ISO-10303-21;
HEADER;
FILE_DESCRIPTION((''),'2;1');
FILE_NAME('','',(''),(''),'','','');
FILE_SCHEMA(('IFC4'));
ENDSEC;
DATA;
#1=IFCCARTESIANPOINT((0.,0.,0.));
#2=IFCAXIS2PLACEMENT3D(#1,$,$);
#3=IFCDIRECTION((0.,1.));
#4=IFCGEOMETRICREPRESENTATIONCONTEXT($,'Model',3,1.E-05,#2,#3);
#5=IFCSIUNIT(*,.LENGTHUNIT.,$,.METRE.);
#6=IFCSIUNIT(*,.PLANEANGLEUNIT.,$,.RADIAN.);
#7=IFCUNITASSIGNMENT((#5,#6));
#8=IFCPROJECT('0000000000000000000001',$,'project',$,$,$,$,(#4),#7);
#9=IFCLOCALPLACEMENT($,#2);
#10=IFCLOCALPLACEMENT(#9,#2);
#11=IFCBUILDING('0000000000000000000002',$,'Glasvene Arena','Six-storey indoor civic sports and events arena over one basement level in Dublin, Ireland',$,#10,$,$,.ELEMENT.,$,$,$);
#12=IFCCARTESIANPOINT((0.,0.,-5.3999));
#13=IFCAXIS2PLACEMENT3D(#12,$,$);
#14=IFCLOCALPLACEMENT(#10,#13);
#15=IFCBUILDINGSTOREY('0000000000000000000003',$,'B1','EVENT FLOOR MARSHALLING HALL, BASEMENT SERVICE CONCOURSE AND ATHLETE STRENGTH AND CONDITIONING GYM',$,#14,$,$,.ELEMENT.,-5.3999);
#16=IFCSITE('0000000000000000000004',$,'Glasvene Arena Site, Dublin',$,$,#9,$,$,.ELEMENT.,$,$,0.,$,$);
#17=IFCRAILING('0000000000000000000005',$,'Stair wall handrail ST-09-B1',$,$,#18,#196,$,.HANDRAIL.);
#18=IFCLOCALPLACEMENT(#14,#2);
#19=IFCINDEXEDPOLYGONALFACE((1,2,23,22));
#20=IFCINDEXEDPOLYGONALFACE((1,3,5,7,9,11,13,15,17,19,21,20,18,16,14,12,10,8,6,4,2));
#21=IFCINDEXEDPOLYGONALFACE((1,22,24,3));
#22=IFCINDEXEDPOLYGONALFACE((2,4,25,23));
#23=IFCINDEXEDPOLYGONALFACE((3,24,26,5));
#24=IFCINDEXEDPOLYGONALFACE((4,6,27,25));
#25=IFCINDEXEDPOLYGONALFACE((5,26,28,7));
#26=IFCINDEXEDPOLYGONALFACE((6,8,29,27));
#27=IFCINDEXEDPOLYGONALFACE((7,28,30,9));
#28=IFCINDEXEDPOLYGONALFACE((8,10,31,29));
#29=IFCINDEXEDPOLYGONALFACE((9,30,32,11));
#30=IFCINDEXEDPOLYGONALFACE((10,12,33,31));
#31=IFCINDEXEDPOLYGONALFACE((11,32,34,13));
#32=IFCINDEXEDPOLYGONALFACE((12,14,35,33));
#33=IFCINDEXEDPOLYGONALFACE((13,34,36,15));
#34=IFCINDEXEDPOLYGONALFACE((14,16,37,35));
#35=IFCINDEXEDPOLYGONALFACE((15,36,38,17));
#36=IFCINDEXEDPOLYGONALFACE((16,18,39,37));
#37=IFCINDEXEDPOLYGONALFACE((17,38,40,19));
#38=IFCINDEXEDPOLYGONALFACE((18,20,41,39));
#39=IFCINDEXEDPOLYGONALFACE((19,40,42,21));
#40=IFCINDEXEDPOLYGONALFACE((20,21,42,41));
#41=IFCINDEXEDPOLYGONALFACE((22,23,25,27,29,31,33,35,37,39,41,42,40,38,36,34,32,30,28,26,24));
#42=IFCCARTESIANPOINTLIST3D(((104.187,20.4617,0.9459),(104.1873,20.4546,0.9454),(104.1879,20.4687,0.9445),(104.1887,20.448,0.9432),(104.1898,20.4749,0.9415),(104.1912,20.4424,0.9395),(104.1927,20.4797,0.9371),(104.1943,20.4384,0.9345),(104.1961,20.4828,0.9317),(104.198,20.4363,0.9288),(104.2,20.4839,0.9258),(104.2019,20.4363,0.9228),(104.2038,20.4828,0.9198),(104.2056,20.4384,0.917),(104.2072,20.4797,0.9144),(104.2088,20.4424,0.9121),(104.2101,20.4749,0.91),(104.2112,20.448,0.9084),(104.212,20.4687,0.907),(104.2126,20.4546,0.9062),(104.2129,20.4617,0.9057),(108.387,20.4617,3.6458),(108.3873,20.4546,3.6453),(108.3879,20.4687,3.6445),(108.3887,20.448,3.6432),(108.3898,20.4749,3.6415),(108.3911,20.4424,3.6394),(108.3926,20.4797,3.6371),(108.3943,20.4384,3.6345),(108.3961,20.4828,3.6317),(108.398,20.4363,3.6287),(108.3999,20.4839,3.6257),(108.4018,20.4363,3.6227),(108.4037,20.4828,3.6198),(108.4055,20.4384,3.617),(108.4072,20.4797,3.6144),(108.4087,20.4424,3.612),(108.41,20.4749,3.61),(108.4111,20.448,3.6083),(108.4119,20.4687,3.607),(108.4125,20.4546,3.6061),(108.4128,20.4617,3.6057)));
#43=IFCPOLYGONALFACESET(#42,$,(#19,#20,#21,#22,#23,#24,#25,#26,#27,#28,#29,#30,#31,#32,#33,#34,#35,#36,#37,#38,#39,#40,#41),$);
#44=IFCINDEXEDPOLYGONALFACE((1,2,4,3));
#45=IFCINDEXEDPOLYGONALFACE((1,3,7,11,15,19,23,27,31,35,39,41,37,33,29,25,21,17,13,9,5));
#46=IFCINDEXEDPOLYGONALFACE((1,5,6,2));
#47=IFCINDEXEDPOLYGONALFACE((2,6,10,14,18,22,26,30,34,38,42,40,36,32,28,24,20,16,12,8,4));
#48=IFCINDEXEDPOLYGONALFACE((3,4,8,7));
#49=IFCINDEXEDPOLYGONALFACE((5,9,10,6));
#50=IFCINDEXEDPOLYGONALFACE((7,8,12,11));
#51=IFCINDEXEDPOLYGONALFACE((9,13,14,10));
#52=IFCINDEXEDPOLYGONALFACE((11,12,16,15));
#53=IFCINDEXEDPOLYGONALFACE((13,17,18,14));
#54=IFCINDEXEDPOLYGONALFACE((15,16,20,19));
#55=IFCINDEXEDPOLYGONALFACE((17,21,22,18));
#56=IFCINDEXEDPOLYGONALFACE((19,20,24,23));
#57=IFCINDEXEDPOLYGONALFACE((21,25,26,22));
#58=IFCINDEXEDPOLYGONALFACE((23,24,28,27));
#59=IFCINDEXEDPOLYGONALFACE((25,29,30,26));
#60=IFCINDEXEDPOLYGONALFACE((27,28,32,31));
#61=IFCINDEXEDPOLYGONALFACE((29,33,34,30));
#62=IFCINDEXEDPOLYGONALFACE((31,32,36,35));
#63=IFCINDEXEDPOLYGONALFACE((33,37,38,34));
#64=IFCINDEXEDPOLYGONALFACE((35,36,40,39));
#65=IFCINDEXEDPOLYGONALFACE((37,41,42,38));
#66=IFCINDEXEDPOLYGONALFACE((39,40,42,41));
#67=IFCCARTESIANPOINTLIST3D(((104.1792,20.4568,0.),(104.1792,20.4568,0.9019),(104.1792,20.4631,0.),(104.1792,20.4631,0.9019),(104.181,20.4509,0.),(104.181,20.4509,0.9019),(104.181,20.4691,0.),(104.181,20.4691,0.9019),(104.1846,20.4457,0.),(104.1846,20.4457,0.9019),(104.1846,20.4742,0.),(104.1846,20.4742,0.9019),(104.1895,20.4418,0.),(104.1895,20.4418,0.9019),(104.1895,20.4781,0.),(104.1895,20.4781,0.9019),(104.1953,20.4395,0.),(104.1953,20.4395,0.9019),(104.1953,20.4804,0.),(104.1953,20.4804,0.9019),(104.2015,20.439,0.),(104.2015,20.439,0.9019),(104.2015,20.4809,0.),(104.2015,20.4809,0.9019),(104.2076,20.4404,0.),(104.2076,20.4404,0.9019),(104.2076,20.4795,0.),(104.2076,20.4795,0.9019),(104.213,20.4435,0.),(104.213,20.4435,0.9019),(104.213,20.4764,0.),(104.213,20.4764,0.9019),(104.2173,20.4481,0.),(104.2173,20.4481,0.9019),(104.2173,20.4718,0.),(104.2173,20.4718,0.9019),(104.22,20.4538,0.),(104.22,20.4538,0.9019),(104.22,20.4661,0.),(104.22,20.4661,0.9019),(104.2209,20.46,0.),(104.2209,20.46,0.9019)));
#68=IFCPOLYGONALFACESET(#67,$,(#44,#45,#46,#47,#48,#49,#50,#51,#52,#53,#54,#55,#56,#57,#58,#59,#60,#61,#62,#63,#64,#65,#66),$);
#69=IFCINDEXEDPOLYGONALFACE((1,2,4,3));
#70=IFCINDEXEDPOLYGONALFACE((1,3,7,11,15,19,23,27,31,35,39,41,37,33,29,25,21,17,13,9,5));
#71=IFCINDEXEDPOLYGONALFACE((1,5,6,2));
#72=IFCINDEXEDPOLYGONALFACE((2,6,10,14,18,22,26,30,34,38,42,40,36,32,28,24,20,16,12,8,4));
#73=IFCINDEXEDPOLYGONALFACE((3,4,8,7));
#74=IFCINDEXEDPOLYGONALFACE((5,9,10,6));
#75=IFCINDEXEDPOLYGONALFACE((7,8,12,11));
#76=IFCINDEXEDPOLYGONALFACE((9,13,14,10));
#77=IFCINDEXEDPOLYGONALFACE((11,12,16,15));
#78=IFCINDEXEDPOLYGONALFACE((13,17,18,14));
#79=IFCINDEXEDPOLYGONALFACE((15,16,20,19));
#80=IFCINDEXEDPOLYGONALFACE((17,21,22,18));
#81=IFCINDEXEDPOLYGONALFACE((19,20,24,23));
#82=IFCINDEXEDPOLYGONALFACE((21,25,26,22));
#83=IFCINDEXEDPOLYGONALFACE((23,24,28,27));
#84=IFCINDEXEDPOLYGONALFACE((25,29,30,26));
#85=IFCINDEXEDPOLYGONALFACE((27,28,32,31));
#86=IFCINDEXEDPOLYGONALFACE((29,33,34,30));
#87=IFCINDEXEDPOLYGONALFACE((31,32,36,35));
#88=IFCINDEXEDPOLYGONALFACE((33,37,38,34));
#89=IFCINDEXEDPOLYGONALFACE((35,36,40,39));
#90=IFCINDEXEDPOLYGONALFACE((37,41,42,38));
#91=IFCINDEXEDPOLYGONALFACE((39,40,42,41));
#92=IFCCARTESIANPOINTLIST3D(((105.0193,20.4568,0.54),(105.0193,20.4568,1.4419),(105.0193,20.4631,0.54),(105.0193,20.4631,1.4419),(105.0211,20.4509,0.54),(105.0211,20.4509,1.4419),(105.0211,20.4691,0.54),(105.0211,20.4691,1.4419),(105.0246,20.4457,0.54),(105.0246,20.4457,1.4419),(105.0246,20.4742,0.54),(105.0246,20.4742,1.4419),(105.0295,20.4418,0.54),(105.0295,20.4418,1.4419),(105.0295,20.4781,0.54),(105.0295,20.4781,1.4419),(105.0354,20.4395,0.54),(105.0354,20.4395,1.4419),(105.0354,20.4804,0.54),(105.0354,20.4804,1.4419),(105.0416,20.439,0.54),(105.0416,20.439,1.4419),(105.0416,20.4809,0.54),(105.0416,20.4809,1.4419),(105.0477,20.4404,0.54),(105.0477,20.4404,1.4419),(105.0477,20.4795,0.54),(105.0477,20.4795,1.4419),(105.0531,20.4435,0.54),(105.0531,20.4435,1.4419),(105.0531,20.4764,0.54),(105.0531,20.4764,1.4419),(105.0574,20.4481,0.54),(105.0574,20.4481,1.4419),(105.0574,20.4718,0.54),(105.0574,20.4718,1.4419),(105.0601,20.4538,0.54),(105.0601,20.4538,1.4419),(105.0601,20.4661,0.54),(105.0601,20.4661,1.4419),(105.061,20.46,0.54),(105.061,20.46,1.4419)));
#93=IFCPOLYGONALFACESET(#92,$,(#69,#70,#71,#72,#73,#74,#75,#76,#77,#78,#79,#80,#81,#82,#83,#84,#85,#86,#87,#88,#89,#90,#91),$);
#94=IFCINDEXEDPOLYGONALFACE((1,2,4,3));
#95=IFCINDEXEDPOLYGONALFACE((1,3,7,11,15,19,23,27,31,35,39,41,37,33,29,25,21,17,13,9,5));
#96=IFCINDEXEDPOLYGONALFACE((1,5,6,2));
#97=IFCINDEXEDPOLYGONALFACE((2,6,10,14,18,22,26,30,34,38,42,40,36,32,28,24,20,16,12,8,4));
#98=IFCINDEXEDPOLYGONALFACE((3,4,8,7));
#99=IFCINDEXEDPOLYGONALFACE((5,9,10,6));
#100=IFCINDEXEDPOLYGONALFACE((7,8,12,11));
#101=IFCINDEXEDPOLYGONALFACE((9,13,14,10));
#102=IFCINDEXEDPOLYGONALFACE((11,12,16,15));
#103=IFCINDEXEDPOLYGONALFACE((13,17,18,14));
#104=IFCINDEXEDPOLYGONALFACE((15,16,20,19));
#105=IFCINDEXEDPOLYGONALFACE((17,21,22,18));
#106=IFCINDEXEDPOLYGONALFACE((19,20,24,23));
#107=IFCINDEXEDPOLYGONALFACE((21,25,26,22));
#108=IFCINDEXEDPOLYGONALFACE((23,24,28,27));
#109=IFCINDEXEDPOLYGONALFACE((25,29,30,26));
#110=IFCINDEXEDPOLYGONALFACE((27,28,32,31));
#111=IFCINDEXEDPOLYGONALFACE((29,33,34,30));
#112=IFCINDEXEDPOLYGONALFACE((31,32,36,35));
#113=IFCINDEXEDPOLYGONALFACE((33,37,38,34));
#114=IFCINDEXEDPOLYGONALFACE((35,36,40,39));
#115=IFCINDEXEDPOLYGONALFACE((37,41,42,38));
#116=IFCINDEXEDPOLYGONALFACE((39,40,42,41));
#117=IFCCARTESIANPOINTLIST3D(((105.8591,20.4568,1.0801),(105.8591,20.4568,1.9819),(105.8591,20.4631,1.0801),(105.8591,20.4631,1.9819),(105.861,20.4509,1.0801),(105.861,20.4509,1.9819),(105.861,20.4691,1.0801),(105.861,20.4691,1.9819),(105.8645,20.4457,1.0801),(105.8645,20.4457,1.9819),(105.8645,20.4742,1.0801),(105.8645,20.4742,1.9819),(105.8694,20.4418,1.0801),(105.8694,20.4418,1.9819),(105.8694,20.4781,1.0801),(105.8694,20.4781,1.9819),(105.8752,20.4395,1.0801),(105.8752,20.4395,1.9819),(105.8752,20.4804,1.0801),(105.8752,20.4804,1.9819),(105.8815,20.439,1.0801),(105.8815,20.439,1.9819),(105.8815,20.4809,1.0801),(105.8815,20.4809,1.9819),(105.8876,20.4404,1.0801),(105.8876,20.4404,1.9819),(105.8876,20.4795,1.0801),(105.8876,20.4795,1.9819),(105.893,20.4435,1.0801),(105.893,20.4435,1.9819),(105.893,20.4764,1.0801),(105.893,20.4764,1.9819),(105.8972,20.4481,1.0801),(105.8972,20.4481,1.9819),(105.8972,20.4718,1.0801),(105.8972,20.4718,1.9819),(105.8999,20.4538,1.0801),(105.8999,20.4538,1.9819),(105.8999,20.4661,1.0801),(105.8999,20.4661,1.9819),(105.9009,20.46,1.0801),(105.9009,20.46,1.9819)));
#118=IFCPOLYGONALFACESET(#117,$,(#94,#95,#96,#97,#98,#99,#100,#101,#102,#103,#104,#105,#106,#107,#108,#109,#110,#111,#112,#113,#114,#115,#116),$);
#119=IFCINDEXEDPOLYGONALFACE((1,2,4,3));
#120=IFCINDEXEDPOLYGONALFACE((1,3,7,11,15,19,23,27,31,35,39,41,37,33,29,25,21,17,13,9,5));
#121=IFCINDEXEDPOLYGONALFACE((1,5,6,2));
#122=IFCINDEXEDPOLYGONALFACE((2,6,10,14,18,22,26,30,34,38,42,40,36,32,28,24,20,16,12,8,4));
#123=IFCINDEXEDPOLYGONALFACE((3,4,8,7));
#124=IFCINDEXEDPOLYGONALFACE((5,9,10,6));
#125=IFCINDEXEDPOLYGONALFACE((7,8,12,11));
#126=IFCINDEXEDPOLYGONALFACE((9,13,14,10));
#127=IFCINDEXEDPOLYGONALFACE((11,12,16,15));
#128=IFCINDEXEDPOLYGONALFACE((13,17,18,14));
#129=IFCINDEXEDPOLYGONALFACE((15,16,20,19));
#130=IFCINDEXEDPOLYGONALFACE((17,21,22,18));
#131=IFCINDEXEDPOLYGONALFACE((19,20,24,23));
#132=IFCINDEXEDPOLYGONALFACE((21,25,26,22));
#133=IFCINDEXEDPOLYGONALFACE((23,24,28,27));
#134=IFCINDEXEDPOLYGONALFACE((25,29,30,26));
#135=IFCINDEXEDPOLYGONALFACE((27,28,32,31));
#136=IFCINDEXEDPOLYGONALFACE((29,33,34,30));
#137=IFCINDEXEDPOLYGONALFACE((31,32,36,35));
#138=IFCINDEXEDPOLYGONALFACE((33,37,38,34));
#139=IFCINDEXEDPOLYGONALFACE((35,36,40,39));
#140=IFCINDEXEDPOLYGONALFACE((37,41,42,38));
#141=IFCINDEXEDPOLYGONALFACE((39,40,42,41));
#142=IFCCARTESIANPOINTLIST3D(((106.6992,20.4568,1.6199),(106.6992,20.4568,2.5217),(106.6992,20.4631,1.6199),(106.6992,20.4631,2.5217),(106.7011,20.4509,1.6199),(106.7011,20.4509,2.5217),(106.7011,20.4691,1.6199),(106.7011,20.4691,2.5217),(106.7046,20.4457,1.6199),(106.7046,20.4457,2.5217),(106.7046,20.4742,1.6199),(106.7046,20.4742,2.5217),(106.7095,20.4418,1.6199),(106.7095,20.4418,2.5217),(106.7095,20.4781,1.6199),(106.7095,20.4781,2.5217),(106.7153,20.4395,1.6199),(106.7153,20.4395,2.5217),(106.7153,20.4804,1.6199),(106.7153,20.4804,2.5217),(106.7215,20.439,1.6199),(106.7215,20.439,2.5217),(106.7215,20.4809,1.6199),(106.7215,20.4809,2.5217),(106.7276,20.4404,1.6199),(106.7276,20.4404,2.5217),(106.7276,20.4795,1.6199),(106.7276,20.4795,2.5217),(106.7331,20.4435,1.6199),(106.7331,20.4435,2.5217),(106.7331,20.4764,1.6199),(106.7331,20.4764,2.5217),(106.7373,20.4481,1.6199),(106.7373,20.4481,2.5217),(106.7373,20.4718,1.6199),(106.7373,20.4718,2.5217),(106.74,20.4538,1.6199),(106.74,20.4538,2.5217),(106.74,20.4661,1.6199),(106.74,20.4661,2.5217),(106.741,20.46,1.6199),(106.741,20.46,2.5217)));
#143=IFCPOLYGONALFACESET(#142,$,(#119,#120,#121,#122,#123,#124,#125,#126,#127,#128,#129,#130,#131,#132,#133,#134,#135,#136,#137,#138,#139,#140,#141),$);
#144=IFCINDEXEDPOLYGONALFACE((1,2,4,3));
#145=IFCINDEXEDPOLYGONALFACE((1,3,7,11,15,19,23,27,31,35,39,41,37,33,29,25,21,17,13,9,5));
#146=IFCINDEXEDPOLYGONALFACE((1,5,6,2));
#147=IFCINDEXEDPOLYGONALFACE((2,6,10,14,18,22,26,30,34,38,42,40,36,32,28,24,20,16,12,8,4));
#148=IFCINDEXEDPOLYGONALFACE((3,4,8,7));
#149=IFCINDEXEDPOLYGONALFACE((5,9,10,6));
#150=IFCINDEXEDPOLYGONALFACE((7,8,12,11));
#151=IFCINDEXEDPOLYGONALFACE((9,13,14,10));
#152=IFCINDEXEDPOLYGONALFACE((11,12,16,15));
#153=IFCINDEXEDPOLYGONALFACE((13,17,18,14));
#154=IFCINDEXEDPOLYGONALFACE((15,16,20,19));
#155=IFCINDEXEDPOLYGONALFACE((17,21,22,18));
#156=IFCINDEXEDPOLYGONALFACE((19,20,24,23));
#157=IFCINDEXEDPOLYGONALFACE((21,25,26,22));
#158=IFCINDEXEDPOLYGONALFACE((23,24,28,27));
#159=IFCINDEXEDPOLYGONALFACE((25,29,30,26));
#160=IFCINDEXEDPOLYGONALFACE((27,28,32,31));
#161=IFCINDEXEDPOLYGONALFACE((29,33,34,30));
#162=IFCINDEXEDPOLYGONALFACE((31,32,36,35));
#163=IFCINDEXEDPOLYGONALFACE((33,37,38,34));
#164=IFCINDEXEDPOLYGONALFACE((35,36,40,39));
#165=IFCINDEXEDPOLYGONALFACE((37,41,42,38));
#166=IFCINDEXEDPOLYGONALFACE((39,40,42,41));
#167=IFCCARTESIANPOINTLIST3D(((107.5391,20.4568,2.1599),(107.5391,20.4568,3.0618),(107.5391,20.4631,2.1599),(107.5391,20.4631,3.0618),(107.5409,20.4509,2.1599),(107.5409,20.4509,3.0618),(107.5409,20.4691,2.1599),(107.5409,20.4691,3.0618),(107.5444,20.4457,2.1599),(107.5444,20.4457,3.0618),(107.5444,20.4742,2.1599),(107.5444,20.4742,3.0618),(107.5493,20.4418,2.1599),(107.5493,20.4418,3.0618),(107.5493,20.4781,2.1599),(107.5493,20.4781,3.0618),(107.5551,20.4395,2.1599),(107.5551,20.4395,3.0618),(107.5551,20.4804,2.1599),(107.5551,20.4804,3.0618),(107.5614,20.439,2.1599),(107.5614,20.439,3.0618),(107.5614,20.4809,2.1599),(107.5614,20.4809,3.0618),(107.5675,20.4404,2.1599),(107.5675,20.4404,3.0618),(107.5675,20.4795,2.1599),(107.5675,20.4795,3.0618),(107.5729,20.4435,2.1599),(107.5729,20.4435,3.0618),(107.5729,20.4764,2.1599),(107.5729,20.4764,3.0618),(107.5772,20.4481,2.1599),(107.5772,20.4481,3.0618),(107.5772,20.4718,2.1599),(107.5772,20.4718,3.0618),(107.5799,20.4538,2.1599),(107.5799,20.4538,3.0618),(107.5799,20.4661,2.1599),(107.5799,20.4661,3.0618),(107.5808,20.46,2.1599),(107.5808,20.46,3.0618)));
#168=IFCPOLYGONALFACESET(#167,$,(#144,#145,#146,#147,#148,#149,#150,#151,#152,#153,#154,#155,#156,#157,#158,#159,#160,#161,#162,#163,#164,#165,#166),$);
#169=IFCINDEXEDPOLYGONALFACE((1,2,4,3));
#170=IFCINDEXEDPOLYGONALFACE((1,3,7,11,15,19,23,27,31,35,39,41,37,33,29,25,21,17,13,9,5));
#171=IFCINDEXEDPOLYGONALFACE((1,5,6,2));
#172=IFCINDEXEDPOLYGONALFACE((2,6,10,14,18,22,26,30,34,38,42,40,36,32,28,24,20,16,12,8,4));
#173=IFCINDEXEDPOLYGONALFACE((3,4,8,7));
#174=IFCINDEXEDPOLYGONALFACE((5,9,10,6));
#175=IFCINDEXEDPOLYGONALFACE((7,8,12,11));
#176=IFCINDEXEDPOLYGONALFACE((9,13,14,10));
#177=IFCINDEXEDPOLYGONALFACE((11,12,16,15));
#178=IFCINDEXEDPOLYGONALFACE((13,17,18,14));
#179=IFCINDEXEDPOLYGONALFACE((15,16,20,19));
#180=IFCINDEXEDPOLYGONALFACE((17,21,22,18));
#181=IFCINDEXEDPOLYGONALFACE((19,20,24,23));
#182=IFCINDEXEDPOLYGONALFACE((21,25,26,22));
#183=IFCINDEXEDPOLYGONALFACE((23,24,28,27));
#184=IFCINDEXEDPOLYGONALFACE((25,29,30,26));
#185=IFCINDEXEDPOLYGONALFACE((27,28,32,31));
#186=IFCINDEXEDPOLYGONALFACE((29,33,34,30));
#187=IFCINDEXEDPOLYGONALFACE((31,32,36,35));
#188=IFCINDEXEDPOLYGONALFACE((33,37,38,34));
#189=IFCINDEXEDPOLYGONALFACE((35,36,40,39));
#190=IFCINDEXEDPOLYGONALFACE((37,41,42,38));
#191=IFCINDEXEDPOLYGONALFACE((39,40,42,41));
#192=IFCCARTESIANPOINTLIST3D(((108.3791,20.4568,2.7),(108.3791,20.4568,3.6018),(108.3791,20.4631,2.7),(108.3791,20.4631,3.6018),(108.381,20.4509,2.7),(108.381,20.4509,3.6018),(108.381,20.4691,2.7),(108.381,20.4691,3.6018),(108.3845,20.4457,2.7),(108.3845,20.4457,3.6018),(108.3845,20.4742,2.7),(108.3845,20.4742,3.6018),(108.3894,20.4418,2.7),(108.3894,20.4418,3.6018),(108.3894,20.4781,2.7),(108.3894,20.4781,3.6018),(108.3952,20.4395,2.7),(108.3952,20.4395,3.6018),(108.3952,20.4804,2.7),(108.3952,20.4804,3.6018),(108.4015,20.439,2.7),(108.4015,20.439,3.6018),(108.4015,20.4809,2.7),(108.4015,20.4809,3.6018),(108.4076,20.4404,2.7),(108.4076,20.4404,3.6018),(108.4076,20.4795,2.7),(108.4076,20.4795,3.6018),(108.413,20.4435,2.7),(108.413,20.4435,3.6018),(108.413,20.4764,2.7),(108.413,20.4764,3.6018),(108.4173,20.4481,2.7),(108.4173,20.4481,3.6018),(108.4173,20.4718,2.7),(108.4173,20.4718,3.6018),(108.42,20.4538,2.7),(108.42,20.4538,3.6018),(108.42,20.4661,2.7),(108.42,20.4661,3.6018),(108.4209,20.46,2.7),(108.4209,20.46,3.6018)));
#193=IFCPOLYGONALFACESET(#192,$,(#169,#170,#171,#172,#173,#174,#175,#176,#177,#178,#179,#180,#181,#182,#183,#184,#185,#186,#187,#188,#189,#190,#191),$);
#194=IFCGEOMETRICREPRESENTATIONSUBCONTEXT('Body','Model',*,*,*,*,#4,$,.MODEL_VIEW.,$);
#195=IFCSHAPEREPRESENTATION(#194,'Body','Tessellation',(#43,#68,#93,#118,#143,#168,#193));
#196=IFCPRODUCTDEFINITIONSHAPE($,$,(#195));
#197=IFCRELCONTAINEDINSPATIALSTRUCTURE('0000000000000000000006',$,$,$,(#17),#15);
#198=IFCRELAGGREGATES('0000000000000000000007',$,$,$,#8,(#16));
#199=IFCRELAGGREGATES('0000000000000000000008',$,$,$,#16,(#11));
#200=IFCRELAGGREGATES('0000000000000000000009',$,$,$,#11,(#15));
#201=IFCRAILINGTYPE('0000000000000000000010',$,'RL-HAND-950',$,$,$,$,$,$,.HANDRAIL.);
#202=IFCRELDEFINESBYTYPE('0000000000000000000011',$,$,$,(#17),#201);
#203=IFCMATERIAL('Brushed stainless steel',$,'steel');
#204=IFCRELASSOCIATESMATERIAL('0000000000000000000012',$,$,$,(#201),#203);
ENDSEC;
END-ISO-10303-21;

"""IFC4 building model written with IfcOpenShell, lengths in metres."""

from ifc_helpers import new_model, si_unit, direction, frame, origin, origin_2d, place, context, subcontext, project, spatial, circle, extrude, material, type_object, element, save


model = new_model("IFC4")

# Units and contexts
model_context = context("Model", 3, precision=1e-05, world=origin(), true_north=direction((0.0, 1.0)))
body_context = subcontext(model_context, "Body", "Model", "MODEL_VIEW")
ifc_project = project(units=[si_unit("LENGTHUNIT", "METRE"), si_unit("PLANEANGLEUNIT", "RADIAN")], contexts=[model_context])

# Site, building, storey
site_placement = place(None, origin())
site = spatial("IfcSite", under=ifc_project, at=site_placement, Name="Glasvene Arena Site, Dublin", CompositionType="ELEMENT", RefElevation=0.0)
building_placement = place(site_placement, origin())
building = spatial("IfcBuilding", under=site, at=building_placement, Name="Glasvene Arena", Description="Six-storey indoor civic sports and events arena over one basement level in Dublin, Ireland", CompositionType="ELEMENT")
storey_placement = place(building_placement, frame((0.0, 0.0, -5.3999)))
storey = spatial("IfcBuildingStorey", under=building, at=storey_placement, Name="B1", Description="EVENT FLOOR MARSHALLING HALL, BASEMENT SERVICE CONCOURSE AND ATHLETE STRENGTH AND CONDITIONING GYM", CompositionType="ELEMENT", Elevation=-5.3999)

# Railing
ifc_material_1 = material(Name="Brushed stainless steel", Category="steel")
railing_type_1 = type_object("IfcRailingType", Name="RL-HAND-950", PredefinedType="HANDRAIL", material=ifc_material_1)
railing_1_placement = place(storey_placement, frame((104.2, 20.46, 0.0)))
element("IfcRailing", 1, at=railing_1_placement, inside=storey, type_object=railing_type_1, Name="Stair wall handrail ST-09-B1", PredefinedType="HANDRAIL", context=body_context, shape_type="SweptSolid", body=[
    extrude(circle(Radius=0.0239, at=origin_2d()), frame((0.0, 0.0, 0.9258), z_axis=(0.84118, 0.0, 0.540755), x_axis=(0.0, 1.0, 0.0)), (0.0, 0.0, 1.0), 4.9929),
    extrude(circle(Radius=0.021, at=origin_2d()), origin(), (0.0, 0.0, 1.0), 0.9019),
    extrude(circle(Radius=0.021, at=origin_2d()), frame((0.8401, 0.0, 0.54)), (0.0, 0.0, 1.0), 0.9019),
    extrude(circle(Radius=0.021, at=origin_2d()), frame((1.6799, 0.0, 1.0801)), (0.0, 0.0, 1.0), 0.9019),
    extrude(circle(Radius=0.021, at=origin_2d()), frame((2.52, 0.0, 1.6199)), (0.0, 0.0, 1.0), 0.9019),
    extrude(circle(Radius=0.021, at=origin_2d()), frame((3.3599, 0.0, 2.1599)), (0.0, 0.0, 1.0), 0.9019),
    extrude(circle(Radius=0.021, at=origin_2d()), frame((4.2, 0.0, 2.7)), (0.0, 0.0, 1.0), 0.9019),
])

save(model, "model.ifc")
